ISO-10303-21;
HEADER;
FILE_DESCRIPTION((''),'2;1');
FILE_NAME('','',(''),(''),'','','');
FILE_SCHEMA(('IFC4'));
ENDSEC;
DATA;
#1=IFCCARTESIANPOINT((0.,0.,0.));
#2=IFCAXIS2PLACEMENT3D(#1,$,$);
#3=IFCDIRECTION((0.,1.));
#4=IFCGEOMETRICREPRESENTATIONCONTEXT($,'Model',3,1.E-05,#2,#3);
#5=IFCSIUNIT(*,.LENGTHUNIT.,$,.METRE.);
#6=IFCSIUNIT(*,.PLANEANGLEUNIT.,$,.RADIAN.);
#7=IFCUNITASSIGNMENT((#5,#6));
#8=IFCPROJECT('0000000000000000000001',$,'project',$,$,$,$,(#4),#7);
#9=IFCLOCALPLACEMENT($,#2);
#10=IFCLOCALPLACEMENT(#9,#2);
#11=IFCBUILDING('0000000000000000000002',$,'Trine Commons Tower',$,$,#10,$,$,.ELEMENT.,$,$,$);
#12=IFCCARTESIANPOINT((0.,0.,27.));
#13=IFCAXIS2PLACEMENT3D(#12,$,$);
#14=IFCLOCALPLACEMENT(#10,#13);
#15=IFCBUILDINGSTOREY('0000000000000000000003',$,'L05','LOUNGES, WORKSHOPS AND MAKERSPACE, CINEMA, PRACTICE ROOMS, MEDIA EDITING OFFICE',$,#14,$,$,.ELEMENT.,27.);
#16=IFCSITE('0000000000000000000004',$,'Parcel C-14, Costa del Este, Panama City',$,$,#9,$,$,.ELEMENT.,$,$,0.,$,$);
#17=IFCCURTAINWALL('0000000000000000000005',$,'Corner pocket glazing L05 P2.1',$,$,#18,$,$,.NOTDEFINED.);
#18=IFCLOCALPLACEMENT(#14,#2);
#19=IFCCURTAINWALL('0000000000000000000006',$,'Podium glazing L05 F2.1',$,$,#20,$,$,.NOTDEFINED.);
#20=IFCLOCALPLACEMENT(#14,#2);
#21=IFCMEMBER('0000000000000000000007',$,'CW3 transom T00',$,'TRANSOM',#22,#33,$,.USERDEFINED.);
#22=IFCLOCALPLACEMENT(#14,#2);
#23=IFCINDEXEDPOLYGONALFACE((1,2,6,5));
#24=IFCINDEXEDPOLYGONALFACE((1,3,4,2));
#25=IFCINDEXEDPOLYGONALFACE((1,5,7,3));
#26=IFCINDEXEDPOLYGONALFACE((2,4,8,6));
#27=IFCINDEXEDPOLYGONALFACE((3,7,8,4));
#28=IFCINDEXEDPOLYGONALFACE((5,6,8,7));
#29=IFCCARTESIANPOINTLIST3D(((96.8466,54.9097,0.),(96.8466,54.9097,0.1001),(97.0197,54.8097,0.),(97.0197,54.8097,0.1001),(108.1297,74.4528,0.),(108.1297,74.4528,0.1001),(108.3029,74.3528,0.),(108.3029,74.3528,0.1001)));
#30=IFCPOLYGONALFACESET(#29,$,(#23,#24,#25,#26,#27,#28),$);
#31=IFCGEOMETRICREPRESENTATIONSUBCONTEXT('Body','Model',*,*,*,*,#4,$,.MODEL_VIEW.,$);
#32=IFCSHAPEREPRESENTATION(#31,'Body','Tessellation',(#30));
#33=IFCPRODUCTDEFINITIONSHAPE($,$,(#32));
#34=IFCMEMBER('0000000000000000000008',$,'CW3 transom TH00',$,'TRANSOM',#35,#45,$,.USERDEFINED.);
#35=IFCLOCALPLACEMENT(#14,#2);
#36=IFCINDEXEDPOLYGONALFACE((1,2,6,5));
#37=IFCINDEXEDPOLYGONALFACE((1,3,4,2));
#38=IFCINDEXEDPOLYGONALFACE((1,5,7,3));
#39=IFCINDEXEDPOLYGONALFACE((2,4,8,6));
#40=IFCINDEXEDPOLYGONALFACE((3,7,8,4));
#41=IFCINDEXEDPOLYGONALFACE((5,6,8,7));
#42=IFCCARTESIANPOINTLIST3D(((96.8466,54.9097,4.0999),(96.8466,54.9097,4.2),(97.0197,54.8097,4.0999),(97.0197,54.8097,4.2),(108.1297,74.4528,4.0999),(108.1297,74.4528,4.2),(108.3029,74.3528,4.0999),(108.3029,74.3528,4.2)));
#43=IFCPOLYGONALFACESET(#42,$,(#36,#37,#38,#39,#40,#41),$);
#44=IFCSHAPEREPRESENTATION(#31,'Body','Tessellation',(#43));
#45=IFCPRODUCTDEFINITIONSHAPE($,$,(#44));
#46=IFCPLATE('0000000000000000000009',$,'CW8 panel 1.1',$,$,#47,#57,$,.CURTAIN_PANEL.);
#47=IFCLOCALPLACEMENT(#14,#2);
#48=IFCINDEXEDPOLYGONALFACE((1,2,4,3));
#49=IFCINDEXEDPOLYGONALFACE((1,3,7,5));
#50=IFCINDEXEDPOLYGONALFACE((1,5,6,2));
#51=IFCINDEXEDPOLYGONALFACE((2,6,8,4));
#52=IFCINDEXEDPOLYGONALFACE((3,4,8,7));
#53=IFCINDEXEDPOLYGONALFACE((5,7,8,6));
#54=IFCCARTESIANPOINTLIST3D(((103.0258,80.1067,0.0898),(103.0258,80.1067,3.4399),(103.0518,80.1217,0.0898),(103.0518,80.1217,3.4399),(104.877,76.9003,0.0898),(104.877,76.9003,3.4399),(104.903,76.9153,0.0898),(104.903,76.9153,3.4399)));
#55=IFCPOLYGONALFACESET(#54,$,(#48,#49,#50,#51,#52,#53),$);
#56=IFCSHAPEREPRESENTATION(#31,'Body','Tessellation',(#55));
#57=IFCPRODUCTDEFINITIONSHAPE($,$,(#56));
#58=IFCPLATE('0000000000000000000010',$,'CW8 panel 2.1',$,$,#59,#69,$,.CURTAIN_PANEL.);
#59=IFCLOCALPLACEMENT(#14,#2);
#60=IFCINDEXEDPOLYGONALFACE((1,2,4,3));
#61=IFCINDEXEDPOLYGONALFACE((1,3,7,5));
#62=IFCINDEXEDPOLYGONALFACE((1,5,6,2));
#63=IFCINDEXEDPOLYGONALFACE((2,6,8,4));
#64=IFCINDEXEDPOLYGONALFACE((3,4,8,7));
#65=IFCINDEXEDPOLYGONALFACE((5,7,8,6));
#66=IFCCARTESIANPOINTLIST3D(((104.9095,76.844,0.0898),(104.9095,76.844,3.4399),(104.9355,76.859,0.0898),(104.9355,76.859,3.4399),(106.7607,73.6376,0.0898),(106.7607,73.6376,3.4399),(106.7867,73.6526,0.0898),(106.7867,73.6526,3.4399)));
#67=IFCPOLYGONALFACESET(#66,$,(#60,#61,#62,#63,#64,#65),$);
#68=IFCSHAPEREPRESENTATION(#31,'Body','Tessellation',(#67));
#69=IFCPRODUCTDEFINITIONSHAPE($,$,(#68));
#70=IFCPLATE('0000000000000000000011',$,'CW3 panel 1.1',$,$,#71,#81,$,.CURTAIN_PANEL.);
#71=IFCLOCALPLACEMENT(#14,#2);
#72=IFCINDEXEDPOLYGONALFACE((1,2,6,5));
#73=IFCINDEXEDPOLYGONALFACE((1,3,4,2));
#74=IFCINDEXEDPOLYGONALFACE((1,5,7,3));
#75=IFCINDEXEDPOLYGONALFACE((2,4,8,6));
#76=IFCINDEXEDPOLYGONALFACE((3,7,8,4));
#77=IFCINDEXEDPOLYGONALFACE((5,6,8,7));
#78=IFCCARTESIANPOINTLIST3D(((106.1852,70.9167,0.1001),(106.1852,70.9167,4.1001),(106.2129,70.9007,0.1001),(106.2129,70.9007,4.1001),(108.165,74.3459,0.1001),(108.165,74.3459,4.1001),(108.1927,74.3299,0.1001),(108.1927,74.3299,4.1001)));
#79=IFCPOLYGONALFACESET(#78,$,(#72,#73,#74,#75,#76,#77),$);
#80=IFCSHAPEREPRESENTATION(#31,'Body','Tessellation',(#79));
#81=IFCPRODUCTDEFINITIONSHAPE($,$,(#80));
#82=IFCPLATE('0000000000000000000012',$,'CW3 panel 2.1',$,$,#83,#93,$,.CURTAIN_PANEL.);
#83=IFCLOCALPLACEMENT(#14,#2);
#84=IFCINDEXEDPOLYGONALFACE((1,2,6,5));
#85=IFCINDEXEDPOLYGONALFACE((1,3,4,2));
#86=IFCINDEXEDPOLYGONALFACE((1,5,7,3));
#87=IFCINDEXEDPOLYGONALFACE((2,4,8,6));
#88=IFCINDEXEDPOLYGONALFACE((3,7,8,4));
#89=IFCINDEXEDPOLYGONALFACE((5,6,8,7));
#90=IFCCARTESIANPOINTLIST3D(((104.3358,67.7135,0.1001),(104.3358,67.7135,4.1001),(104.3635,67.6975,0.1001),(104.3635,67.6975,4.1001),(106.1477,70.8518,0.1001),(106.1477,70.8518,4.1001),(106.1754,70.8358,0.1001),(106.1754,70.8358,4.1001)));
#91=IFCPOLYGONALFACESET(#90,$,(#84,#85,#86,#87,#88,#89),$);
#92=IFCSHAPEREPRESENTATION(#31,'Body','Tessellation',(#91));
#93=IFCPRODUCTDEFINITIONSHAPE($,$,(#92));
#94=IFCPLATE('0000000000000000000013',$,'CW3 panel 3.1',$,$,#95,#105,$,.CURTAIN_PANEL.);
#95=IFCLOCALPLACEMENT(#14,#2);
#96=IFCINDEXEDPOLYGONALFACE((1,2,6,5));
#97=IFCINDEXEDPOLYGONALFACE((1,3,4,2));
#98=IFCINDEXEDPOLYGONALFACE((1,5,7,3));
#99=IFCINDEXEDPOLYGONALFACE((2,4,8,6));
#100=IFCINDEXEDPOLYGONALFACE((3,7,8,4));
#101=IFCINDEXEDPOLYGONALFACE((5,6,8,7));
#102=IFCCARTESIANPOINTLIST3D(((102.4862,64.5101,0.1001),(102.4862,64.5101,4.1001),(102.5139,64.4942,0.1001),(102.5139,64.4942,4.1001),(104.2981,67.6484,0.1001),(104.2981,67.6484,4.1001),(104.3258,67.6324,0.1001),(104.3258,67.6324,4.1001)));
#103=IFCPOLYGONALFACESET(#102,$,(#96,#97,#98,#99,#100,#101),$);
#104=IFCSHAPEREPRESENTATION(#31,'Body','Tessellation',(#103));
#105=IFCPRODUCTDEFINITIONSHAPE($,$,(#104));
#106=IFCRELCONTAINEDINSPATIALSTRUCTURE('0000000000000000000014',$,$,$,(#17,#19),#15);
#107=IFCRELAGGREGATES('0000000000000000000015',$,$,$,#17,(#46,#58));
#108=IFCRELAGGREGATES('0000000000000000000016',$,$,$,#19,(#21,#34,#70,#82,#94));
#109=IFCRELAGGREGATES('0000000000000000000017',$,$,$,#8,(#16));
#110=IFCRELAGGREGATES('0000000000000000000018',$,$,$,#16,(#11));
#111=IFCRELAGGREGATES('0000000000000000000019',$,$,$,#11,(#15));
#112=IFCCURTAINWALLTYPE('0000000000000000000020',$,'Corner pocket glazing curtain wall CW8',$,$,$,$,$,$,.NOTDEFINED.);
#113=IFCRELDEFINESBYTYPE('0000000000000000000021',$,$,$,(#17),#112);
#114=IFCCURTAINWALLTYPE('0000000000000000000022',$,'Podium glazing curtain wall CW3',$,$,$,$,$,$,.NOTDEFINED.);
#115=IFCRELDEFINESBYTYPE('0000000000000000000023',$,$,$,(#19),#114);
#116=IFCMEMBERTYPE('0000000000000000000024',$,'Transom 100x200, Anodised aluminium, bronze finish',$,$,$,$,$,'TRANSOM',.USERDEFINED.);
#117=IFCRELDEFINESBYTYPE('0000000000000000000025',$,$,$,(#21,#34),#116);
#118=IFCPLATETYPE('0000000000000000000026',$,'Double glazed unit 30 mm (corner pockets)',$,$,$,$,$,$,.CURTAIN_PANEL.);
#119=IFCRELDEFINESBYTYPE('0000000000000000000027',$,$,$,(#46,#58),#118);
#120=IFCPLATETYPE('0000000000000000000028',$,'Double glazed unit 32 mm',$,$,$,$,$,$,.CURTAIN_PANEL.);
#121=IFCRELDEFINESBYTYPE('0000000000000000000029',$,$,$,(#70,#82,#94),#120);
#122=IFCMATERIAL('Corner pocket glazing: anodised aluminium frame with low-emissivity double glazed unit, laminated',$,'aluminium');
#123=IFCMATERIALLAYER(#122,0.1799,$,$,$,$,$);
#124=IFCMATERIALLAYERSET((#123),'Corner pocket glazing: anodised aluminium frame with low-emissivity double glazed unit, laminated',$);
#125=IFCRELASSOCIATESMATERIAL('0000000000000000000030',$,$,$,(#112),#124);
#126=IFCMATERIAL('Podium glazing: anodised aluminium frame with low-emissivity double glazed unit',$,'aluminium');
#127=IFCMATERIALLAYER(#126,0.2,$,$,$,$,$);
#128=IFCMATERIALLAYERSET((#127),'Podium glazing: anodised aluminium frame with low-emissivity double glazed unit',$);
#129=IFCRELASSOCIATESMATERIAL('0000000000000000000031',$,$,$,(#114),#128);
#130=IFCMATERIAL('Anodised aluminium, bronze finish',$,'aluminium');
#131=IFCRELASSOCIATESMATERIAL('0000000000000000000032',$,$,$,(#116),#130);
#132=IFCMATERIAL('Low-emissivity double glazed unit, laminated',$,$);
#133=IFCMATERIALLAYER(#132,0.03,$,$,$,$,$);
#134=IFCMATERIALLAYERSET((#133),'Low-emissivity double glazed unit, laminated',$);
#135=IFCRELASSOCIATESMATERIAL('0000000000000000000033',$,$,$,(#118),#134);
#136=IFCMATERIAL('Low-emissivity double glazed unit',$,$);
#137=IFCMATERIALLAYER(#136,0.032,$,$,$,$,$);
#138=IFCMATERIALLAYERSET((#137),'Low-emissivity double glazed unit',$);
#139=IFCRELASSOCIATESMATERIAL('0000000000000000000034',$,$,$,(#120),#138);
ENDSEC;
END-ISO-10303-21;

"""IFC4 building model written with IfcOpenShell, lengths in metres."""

from ifc_helpers import new_model, si_unit, direction, frame, origin, origin_2d, place, context, subcontext, project, spatial, rectangle, extrude, material, layer, layer_set, material_profile, profile_set, type_object, element, aggregate, save


model = new_model("IFC4")

# Units and contexts
model_context = context("Model", 3, precision=1e-05, world=origin(), true_north=direction((0.0, 1.0)))
body_context = subcontext(model_context, "Body", "Model", "MODEL_VIEW")
ifc_project = project(units=[si_unit("LENGTHUNIT", "METRE"), si_unit("PLANEANGLEUNIT", "RADIAN")], contexts=[model_context])

# Site, building, storey
site_placement = place(None, origin())
site = spatial("IfcSite", under=ifc_project, at=site_placement, Name="Parcel C-14, Costa del Este, Panama City", CompositionType="ELEMENT", RefElevation=0.0)
building_placement = place(site_placement, origin())
building = spatial("IfcBuilding", under=site, at=building_placement, Name="Trine Commons Tower", CompositionType="ELEMENT")
storey_placement = place(building_placement, frame((0.0, 0.0, 27.0)))
storey = spatial("IfcBuildingStorey", under=building, at=storey_placement, Name="L05", Description="LOUNGES, WORKSHOPS AND MAKERSPACE, CINEMA, PRACTICE ROOMS, MEDIA EDITING OFFICE", CompositionType="ELEMENT", Elevation=27.0)

# Curtain wall
ifc_material_1 = material(Name="Corner pocket glazing: anodised aluminium frame with low-emissivity double glazed unit, laminated", Category="aluminium")
ifc_layer_1 = layer(ifc_material_1, 0.1799)
ifc_layer_set_1 = layer_set([ifc_layer_1], Name="Corner pocket glazing: anodised aluminium frame with low-emissivity double glazed unit, laminated")
curtain_wall_type_1 = type_object("IfcCurtainWallType", Name="Corner pocket glazing curtain wall CW8", PredefinedType="NOTDEFINED", material=ifc_layer_set_1)
curtain_wall_1_placement = place(storey_placement, origin())
curtain_wall_1 = element("IfcCurtainWall", 1, at=curtain_wall_1_placement, inside=storey, type_object=curtain_wall_type_1, Name="Corner pocket glazing L05 P2.1", PredefinedType="NOTDEFINED")
ifc_material_2 = material(Name="Anodised aluminium, bronze finish", Category="aluminium")

# Shared definitions
ifc_material_3 = material(Name="Podium glazing: anodised aluminium frame with low-emissivity double glazed unit", Category="aluminium")
ifc_layer_2 = layer(ifc_material_3, 0.2)
ifc_layer_set_2 = layer_set([ifc_layer_2], Name="Podium glazing: anodised aluminium frame with low-emissivity double glazed unit")
curtain_wall_type_2 = type_object("IfcCurtainWallType", Name="Podium glazing curtain wall CW3", PredefinedType="NOTDEFINED", material=ifc_layer_set_2)

# Curtain wall
curtain_wall_2_placement = place(storey_placement, origin())
curtain_wall_2 = element("IfcCurtainWall", 2, at=curtain_wall_2_placement, inside=storey, type_object=curtain_wall_type_2, Name="Podium glazing L05 F2.1", PredefinedType="NOTDEFINED")

# Members
ifc_material_profile_1 = material_profile(ifc_material_2, rectangle(XDim=0.2, YDim=0.1001, at=origin_2d()), Name="Transom 100x200")
ifc_profile_set_1 = profile_set([ifc_material_profile_1], Name="Anodised aluminium, bronze finish")
member_type_1 = type_object("IfcMemberType", Name="Transom 100x200, Anodised aluminium, bronze finish", ElementType="TRANSOM", PredefinedType="USERDEFINED", material=ifc_profile_set_1)
member_1_placement = place(storey_placement, frame((108.2163, 74.4028, 0.05), z_axis=(-0.499997, -0.866027, 0.0), x_axis=(0.866027, -0.499997, 0.0)))
member_1 = element("IfcMember", 3, at=member_1_placement, type_object=member_type_1, Name="CW3 transom T00", ObjectType="TRANSOM", PredefinedType="USERDEFINED", context=body_context, shape_type="SweptSolid", body=[
    extrude(rectangle(XDim=0.2, YDim=0.1001, at=origin_2d()), origin(), (0.0, 0.0, 1.0), 22.5664),
])
member_2_placement = place(storey_placement, frame((108.2163, 74.4028, 4.1499), z_axis=(-0.499997, -0.866027, 0.0), x_axis=(0.866027, -0.499997, 0.0)))
member_2 = element("IfcMember", 4, at=member_2_placement, type_object=member_type_1, Name="CW3 transom TH00", ObjectType="TRANSOM", PredefinedType="USERDEFINED", context=body_context, shape_type="SweptSolid", body=[
    extrude(rectangle(XDim=0.2, YDim=0.1001, at=origin_2d()), origin(), (0.0, 0.0, 1.0), 22.5664),
])

# Plates
ifc_material_4 = material(Name="Low-emissivity double glazed unit, laminated")
ifc_layer_3 = layer(ifc_material_4, 0.03)
ifc_layer_set_3 = layer_set([ifc_layer_3], Name="Low-emissivity double glazed unit, laminated")
plate_type_1 = type_object("IfcPlateType", Name="Double glazed unit 30 mm (corner pockets)", PredefinedType="CURTAIN_PANEL", material=ifc_layer_set_3)
plate_1_placement = place(storey_placement, frame((103.9644, 78.511, 0.0898), z_axis=(0.0, 0.0, 1.0), x_axis=(0.5, -0.866025, 0.0)))
plate_1 = element("IfcPlate", 5, at=plate_1_placement, type_object=plate_type_1, Name="CW8 panel 1.1", PredefinedType="CURTAIN_PANEL", context=body_context, shape_type="SweptSolid", body=[
    extrude(rectangle(XDim=3.7024, YDim=0.03, at=origin_2d()), origin(), (0.0, 0.0, 1.0), 3.3501),
])
plate_2_placement = place(storey_placement, frame((105.8481, 75.2483, 0.0898), z_axis=(0.0, 0.0, 1.0), x_axis=(0.5, -0.866025, 0.0)))
plate_2 = element("IfcPlate", 6, at=plate_2_placement, type_object=plate_type_1, Name="CW8 panel 2.1", PredefinedType="CURTAIN_PANEL", context=body_context, shape_type="SweptSolid", body=[
    extrude(rectangle(XDim=3.7024, YDim=0.03, at=origin_2d()), origin(), (0.0, 0.0, 1.0), 3.3501),
])
aggregate(curtain_wall_1, [plate_1, plate_2])
ifc_material_5 = material(Name="Low-emissivity double glazed unit")
ifc_layer_4 = layer(ifc_material_5, 0.032)
ifc_layer_set_4 = layer_set([ifc_layer_4], Name="Low-emissivity double glazed unit")
plate_type_2 = type_object("IfcPlateType", Name="Double glazed unit 32 mm", PredefinedType="CURTAIN_PANEL", material=ifc_layer_set_4)
plate_3_placement = place(storey_placement, frame((107.189, 72.6233, 0.1001), z_axis=(0.0, 0.0, 1.0), x_axis=(-0.5, -0.866025, 0.0)))
plate_3 = element("IfcPlate", 7, at=plate_3_placement, type_object=plate_type_2, Name="CW3 panel 1.1", PredefinedType="CURTAIN_PANEL", context=body_context, shape_type="SweptSolid", body=[
    extrude(rectangle(XDim=3.9597, YDim=0.032, at=origin_2d()), origin(), (0.0, 0.0, 1.0), 4.0),
])
plate_4_placement = place(storey_placement, frame((105.2556, 69.2747, 0.1001), z_axis=(0.0, 0.0, 1.0), x_axis=(-0.5, -0.866025, 0.0)))
plate_4 = element("IfcPlate", 8, at=plate_4_placement, type_object=plate_type_2, Name="CW3 panel 2.1", PredefinedType="CURTAIN_PANEL", context=body_context, shape_type="SweptSolid", body=[
    extrude(rectangle(XDim=3.6238, YDim=0.032, at=origin_2d()), origin(), (0.0, 0.0, 1.0), 4.0),
])
plate_5_placement = place(storey_placement, frame((103.406, 66.0713, 0.1001), z_axis=(0.0, 0.0, 1.0), x_axis=(-0.5, -0.866025, 0.0)))
plate_5 = element("IfcPlate", 9, at=plate_5_placement, type_object=plate_type_2, Name="CW3 panel 3.1", PredefinedType="CURTAIN_PANEL", context=body_context, shape_type="SweptSolid", body=[
    extrude(rectangle(XDim=3.6238, YDim=0.032, at=origin_2d()), origin(), (0.0, 0.0, 1.0), 4.0),
])
aggregate(curtain_wall_2, [member_1, member_2, plate_3, plate_4, plate_5])

save(model, "model.ifc")
